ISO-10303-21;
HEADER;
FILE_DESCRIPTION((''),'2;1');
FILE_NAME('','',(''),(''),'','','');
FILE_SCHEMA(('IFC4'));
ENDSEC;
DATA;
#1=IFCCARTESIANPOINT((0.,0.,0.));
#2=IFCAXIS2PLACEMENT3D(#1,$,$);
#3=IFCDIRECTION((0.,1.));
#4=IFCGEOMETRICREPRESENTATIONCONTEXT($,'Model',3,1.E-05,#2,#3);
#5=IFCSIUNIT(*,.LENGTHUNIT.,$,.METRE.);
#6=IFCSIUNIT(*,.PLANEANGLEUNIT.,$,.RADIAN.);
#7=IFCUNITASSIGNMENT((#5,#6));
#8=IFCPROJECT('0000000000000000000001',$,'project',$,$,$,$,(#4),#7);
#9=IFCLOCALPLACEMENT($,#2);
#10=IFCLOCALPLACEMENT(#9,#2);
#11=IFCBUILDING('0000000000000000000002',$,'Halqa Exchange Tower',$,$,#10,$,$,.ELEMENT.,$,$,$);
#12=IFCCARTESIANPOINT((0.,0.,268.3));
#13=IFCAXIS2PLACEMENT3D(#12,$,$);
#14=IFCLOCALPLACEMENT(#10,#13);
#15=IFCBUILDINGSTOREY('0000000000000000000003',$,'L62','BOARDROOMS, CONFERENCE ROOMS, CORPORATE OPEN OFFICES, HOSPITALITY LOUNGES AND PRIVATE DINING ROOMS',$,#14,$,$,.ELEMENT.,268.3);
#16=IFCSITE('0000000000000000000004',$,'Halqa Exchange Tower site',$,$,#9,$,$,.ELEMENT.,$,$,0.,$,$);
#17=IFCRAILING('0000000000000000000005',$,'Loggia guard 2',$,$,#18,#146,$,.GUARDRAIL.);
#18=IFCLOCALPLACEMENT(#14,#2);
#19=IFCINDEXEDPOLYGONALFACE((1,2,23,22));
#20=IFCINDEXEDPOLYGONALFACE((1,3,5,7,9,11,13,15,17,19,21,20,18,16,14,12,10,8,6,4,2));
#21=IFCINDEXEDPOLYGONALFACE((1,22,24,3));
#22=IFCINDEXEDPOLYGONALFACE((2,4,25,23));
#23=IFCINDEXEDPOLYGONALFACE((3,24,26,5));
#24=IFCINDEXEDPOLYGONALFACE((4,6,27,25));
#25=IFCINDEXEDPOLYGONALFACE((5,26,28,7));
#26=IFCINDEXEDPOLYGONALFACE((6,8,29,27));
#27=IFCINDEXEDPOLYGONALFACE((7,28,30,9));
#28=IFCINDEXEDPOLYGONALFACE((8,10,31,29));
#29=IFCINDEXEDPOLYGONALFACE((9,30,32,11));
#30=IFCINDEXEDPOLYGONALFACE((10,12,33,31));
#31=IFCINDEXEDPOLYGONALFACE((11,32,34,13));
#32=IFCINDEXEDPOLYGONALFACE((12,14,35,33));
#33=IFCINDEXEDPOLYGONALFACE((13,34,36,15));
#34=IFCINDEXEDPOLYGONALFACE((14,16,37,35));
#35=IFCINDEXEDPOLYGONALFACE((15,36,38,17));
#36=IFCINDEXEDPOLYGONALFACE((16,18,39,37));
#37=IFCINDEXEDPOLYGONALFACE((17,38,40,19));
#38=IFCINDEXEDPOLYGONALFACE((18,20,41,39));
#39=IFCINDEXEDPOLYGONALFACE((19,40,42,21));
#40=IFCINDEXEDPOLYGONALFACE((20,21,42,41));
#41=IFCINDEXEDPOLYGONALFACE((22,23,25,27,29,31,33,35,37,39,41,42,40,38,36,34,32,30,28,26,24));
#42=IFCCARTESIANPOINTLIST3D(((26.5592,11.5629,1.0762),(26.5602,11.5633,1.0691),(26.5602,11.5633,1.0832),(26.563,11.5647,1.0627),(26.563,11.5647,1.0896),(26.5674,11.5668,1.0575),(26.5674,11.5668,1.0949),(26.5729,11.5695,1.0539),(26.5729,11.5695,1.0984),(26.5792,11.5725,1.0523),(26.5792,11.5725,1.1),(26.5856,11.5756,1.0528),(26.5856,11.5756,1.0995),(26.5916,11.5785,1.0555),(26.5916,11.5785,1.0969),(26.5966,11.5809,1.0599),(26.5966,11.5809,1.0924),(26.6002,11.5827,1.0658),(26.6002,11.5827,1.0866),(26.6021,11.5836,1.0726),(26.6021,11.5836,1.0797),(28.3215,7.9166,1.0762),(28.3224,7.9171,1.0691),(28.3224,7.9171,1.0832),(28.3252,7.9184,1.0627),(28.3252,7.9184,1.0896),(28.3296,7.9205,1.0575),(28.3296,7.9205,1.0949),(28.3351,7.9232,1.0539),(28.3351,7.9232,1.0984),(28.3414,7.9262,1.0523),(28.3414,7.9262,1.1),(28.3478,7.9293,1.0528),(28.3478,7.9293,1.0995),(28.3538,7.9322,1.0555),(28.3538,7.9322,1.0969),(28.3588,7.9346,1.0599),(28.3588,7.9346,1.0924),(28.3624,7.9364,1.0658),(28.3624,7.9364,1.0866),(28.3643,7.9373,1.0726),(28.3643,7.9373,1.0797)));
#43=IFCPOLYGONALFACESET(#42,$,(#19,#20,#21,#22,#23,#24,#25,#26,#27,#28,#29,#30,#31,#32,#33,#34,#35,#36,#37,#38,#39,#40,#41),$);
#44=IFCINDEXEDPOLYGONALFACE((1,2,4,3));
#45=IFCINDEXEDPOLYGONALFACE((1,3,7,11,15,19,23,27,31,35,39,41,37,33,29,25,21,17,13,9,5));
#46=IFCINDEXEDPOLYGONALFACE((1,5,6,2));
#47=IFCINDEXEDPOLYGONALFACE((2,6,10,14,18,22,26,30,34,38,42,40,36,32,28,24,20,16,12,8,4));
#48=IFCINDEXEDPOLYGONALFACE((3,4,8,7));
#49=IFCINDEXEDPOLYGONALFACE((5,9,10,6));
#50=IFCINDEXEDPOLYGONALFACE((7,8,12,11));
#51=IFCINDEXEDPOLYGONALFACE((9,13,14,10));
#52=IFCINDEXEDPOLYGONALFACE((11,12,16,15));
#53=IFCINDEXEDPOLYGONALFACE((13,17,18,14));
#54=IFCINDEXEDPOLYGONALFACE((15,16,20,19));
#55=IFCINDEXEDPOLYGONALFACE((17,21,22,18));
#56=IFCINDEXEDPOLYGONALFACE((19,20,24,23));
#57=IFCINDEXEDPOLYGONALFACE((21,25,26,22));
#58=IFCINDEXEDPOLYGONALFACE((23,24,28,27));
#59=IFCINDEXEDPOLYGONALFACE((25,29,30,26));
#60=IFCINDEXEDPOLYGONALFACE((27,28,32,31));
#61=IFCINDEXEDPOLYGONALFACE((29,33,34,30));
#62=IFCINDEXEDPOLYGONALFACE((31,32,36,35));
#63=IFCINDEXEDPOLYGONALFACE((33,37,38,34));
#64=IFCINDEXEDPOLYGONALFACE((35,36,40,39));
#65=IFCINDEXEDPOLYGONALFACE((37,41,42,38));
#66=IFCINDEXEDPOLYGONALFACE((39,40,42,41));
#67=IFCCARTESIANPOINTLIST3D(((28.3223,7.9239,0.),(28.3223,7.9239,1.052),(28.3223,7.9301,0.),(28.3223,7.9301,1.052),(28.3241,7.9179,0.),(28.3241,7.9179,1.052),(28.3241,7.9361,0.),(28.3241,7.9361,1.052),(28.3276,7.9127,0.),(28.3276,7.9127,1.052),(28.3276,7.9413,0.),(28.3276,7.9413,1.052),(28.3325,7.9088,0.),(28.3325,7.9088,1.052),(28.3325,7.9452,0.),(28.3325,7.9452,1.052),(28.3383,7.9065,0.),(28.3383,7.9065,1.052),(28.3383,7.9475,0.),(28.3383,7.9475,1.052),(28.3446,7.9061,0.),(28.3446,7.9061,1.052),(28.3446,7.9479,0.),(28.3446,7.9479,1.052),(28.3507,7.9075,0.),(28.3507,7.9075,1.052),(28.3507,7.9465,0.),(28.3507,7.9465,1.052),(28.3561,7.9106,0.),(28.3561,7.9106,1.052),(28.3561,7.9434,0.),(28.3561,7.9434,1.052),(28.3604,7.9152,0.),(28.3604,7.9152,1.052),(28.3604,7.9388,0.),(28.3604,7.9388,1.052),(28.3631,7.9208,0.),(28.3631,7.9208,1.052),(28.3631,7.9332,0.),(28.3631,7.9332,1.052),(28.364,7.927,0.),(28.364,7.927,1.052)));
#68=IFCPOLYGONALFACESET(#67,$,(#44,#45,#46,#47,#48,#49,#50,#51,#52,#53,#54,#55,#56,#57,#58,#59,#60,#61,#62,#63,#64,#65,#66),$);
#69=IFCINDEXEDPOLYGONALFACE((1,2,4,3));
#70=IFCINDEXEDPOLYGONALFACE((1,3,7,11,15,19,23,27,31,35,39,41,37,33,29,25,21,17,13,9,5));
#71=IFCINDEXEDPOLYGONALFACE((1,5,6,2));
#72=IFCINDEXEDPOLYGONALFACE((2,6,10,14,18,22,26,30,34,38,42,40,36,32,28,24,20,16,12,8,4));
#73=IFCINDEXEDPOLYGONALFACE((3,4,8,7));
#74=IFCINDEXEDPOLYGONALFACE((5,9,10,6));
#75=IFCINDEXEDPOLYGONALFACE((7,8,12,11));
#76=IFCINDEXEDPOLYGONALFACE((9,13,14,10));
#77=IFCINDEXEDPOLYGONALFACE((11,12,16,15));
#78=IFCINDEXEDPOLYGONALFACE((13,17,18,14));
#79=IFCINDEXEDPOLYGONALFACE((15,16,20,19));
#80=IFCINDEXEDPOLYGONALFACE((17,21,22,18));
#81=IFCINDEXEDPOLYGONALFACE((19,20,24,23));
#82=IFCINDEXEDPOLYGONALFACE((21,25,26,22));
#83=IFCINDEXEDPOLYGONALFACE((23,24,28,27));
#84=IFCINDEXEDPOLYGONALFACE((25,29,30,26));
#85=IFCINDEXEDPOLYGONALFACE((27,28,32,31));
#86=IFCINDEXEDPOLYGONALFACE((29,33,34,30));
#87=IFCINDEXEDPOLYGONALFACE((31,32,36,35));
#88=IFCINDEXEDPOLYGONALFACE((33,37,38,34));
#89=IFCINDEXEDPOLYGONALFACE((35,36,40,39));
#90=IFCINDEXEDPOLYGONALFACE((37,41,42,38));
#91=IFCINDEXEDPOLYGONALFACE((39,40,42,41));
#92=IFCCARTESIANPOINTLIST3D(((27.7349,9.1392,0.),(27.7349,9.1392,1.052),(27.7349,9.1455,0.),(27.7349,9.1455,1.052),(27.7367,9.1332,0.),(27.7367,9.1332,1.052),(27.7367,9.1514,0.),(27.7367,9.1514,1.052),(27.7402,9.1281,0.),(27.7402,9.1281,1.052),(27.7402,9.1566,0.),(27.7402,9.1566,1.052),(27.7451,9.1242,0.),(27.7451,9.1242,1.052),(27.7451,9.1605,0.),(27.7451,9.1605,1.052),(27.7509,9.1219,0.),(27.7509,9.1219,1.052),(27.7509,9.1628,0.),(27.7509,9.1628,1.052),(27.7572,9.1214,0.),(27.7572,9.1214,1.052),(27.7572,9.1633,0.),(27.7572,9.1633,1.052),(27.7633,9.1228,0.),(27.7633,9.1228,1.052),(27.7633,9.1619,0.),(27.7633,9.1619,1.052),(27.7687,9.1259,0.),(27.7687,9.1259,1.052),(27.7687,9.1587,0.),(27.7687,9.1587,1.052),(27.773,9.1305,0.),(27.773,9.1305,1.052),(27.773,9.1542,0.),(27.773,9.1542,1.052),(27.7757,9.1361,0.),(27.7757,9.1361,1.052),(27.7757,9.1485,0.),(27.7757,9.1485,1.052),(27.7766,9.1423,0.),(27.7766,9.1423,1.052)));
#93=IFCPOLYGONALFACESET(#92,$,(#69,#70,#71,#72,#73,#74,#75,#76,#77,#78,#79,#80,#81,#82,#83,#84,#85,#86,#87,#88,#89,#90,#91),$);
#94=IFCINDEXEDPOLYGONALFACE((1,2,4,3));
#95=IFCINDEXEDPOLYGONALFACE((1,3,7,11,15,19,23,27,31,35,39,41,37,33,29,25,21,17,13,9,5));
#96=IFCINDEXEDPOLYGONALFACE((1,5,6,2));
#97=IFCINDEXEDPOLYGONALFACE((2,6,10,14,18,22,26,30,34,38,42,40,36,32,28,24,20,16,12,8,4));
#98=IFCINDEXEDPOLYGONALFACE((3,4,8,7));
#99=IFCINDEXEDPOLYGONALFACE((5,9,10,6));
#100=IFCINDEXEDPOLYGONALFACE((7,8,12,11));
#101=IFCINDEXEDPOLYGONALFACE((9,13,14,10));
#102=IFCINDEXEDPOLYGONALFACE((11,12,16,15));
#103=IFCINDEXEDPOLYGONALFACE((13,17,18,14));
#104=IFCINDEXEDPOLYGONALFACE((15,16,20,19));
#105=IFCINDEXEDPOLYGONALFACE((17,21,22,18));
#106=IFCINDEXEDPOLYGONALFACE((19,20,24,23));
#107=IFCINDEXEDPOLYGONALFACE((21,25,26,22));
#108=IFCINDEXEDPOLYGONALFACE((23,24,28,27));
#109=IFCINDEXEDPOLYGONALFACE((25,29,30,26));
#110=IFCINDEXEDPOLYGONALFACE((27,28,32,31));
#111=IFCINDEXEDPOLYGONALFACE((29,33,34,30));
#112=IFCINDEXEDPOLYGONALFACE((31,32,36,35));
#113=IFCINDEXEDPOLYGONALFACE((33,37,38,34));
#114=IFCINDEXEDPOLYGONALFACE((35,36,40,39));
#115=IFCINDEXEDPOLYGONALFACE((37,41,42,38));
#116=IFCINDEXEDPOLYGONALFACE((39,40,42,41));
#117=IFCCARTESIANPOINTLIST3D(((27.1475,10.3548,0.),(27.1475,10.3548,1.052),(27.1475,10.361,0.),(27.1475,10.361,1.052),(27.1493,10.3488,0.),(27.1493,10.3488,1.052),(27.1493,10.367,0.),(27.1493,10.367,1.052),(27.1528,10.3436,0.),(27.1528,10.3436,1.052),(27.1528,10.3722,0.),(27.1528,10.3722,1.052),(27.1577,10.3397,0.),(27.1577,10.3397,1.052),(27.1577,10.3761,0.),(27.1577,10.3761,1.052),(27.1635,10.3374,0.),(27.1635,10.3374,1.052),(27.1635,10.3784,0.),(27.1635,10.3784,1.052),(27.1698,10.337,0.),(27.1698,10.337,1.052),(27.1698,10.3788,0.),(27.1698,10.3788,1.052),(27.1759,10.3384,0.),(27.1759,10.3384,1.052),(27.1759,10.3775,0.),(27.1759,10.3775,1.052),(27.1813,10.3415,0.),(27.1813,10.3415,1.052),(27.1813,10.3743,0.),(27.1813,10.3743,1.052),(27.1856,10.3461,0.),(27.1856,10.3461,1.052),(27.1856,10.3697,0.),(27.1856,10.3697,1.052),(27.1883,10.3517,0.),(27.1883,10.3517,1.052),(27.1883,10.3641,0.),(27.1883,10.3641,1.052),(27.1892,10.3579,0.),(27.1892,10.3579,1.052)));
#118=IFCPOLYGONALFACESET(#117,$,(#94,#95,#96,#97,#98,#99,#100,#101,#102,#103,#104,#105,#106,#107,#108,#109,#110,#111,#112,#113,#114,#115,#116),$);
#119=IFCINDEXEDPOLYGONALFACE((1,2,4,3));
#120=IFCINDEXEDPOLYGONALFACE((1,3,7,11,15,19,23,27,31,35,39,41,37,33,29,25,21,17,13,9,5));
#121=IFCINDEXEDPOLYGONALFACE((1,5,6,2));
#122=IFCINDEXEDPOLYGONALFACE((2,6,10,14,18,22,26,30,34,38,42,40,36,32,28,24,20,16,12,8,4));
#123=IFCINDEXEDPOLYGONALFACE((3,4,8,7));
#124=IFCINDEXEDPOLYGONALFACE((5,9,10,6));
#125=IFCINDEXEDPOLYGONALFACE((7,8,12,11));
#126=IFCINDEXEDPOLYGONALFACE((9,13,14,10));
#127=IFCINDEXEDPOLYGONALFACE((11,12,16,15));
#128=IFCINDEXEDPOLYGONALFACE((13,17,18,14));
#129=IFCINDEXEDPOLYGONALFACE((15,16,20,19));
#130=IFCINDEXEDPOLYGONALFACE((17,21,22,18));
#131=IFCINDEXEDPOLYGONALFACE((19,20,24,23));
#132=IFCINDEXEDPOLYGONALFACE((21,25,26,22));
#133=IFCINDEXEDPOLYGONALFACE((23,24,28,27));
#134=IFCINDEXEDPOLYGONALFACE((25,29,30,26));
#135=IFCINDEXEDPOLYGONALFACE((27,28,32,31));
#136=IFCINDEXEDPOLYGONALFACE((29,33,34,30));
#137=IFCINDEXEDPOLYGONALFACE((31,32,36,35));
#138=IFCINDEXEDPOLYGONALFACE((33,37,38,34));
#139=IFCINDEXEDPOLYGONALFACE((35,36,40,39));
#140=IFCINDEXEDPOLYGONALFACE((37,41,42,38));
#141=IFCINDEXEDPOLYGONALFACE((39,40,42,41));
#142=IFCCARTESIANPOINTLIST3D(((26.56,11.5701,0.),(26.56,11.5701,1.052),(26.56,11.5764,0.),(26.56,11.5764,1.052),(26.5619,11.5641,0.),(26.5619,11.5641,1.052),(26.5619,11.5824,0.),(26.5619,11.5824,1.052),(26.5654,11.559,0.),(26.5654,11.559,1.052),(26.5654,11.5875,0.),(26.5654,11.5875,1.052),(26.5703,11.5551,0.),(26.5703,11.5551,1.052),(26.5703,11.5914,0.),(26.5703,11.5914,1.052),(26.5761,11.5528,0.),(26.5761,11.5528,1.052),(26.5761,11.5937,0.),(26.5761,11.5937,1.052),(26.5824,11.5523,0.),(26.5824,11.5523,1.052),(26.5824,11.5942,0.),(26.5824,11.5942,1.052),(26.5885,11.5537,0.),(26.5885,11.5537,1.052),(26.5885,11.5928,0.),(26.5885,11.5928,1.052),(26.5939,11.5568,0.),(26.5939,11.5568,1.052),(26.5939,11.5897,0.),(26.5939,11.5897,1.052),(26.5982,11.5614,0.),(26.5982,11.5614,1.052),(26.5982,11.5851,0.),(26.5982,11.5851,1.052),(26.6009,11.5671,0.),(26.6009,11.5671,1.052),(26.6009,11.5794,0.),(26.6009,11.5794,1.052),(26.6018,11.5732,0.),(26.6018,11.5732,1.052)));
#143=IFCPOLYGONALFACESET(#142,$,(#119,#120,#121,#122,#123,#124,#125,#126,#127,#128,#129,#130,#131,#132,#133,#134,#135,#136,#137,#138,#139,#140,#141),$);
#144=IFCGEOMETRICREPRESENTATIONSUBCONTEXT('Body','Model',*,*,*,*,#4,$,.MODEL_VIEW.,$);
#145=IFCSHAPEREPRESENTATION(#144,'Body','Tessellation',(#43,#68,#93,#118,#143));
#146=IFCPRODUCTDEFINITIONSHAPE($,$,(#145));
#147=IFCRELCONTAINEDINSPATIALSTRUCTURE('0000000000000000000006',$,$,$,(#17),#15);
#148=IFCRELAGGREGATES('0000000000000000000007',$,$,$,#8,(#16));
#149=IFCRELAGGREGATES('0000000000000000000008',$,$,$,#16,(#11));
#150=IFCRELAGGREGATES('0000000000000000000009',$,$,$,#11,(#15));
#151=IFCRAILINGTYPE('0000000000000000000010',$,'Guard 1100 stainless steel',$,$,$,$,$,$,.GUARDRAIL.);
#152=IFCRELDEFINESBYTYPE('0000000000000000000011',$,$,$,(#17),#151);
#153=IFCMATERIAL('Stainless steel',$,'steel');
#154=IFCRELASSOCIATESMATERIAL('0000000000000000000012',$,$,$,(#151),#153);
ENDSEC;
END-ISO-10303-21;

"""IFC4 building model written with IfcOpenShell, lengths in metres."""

from ifc_helpers import new_model, si_unit, direction, frame, origin, origin_2d, place, context, subcontext, project, spatial, circle, extrude, material, type_object, element, save


model = new_model("IFC4")

# Units and contexts
model_context = context("Model", 3, precision=1e-05, world=origin(), true_north=direction((0.0, 1.0)))
body_context = subcontext(model_context, "Body", "Model", "MODEL_VIEW")
ifc_project = project(units=[si_unit("LENGTHUNIT", "METRE"), si_unit("PLANEANGLEUNIT", "RADIAN")], contexts=[model_context])

# Site, building, storey
site_placement = place(None, origin())
site = spatial("IfcSite", under=ifc_project, at=site_placement, Name="Halqa Exchange Tower site", CompositionType="ELEMENT", RefElevation=0.0)
building_placement = place(site_placement, origin())
building = spatial("IfcBuilding", under=site, at=building_placement, Name="Halqa Exchange Tower", CompositionType="ELEMENT")
storey_placement = place(building_placement, frame((0.0, 0.0, 268.3)))
storey = spatial("IfcBuildingStorey", under=building, at=storey_placement, Name="L62", Description="BOARDROOMS, CONFERENCE ROOMS, CORPORATE OPEN OFFICES, HOSPITALITY LOUNGES AND PRIVATE DINING ROOMS", CompositionType="ELEMENT", Elevation=268.3)

# Railing
ifc_material_1 = material(Name="Stainless steel", Category="steel")
railing_type = type_object("IfcRailingType", Name="Guard 1100 stainless steel", PredefinedType="GUARDRAIL", material=ifc_material_1)
railing_1_placement = place(storey_placement, frame((28.343, 7.927, 0.0)))
element("IfcRailing", 1, at=railing_1_placement, inside=storey, type_object=railing_type, Name="Loggia guard 2", PredefinedType="GUARDRAIL", context=body_context, shape_type="SweptSolid", body=[
    extrude(circle(Radius=0.0239, at=origin_2d()), frame((0.0, 0.0, 1.0762), z_axis=(-0.43514, 0.900363, 0.0), x_axis=(-0.900363, -0.43514, 0.0)), (0.0, 0.0, 1.0), 4.0498),
    extrude(circle(Radius=0.021, at=origin_2d()), origin(), (0.0, 0.0, 1.0), 1.052),
    extrude(circle(Radius=0.021, at=origin_2d()), frame((-0.5874, 1.2153, 0.0)), (0.0, 0.0, 1.0), 1.052),
    extrude(circle(Radius=0.021, at=origin_2d()), frame((-1.1748, 2.4309, 0.0)), (0.0, 0.0, 1.0), 1.052),
    extrude(circle(Radius=0.021, at=origin_2d()), frame((-1.7622, 3.6462, 0.0)), (0.0, 0.0, 1.0), 1.052),
])

save(model, "model.ifc")
